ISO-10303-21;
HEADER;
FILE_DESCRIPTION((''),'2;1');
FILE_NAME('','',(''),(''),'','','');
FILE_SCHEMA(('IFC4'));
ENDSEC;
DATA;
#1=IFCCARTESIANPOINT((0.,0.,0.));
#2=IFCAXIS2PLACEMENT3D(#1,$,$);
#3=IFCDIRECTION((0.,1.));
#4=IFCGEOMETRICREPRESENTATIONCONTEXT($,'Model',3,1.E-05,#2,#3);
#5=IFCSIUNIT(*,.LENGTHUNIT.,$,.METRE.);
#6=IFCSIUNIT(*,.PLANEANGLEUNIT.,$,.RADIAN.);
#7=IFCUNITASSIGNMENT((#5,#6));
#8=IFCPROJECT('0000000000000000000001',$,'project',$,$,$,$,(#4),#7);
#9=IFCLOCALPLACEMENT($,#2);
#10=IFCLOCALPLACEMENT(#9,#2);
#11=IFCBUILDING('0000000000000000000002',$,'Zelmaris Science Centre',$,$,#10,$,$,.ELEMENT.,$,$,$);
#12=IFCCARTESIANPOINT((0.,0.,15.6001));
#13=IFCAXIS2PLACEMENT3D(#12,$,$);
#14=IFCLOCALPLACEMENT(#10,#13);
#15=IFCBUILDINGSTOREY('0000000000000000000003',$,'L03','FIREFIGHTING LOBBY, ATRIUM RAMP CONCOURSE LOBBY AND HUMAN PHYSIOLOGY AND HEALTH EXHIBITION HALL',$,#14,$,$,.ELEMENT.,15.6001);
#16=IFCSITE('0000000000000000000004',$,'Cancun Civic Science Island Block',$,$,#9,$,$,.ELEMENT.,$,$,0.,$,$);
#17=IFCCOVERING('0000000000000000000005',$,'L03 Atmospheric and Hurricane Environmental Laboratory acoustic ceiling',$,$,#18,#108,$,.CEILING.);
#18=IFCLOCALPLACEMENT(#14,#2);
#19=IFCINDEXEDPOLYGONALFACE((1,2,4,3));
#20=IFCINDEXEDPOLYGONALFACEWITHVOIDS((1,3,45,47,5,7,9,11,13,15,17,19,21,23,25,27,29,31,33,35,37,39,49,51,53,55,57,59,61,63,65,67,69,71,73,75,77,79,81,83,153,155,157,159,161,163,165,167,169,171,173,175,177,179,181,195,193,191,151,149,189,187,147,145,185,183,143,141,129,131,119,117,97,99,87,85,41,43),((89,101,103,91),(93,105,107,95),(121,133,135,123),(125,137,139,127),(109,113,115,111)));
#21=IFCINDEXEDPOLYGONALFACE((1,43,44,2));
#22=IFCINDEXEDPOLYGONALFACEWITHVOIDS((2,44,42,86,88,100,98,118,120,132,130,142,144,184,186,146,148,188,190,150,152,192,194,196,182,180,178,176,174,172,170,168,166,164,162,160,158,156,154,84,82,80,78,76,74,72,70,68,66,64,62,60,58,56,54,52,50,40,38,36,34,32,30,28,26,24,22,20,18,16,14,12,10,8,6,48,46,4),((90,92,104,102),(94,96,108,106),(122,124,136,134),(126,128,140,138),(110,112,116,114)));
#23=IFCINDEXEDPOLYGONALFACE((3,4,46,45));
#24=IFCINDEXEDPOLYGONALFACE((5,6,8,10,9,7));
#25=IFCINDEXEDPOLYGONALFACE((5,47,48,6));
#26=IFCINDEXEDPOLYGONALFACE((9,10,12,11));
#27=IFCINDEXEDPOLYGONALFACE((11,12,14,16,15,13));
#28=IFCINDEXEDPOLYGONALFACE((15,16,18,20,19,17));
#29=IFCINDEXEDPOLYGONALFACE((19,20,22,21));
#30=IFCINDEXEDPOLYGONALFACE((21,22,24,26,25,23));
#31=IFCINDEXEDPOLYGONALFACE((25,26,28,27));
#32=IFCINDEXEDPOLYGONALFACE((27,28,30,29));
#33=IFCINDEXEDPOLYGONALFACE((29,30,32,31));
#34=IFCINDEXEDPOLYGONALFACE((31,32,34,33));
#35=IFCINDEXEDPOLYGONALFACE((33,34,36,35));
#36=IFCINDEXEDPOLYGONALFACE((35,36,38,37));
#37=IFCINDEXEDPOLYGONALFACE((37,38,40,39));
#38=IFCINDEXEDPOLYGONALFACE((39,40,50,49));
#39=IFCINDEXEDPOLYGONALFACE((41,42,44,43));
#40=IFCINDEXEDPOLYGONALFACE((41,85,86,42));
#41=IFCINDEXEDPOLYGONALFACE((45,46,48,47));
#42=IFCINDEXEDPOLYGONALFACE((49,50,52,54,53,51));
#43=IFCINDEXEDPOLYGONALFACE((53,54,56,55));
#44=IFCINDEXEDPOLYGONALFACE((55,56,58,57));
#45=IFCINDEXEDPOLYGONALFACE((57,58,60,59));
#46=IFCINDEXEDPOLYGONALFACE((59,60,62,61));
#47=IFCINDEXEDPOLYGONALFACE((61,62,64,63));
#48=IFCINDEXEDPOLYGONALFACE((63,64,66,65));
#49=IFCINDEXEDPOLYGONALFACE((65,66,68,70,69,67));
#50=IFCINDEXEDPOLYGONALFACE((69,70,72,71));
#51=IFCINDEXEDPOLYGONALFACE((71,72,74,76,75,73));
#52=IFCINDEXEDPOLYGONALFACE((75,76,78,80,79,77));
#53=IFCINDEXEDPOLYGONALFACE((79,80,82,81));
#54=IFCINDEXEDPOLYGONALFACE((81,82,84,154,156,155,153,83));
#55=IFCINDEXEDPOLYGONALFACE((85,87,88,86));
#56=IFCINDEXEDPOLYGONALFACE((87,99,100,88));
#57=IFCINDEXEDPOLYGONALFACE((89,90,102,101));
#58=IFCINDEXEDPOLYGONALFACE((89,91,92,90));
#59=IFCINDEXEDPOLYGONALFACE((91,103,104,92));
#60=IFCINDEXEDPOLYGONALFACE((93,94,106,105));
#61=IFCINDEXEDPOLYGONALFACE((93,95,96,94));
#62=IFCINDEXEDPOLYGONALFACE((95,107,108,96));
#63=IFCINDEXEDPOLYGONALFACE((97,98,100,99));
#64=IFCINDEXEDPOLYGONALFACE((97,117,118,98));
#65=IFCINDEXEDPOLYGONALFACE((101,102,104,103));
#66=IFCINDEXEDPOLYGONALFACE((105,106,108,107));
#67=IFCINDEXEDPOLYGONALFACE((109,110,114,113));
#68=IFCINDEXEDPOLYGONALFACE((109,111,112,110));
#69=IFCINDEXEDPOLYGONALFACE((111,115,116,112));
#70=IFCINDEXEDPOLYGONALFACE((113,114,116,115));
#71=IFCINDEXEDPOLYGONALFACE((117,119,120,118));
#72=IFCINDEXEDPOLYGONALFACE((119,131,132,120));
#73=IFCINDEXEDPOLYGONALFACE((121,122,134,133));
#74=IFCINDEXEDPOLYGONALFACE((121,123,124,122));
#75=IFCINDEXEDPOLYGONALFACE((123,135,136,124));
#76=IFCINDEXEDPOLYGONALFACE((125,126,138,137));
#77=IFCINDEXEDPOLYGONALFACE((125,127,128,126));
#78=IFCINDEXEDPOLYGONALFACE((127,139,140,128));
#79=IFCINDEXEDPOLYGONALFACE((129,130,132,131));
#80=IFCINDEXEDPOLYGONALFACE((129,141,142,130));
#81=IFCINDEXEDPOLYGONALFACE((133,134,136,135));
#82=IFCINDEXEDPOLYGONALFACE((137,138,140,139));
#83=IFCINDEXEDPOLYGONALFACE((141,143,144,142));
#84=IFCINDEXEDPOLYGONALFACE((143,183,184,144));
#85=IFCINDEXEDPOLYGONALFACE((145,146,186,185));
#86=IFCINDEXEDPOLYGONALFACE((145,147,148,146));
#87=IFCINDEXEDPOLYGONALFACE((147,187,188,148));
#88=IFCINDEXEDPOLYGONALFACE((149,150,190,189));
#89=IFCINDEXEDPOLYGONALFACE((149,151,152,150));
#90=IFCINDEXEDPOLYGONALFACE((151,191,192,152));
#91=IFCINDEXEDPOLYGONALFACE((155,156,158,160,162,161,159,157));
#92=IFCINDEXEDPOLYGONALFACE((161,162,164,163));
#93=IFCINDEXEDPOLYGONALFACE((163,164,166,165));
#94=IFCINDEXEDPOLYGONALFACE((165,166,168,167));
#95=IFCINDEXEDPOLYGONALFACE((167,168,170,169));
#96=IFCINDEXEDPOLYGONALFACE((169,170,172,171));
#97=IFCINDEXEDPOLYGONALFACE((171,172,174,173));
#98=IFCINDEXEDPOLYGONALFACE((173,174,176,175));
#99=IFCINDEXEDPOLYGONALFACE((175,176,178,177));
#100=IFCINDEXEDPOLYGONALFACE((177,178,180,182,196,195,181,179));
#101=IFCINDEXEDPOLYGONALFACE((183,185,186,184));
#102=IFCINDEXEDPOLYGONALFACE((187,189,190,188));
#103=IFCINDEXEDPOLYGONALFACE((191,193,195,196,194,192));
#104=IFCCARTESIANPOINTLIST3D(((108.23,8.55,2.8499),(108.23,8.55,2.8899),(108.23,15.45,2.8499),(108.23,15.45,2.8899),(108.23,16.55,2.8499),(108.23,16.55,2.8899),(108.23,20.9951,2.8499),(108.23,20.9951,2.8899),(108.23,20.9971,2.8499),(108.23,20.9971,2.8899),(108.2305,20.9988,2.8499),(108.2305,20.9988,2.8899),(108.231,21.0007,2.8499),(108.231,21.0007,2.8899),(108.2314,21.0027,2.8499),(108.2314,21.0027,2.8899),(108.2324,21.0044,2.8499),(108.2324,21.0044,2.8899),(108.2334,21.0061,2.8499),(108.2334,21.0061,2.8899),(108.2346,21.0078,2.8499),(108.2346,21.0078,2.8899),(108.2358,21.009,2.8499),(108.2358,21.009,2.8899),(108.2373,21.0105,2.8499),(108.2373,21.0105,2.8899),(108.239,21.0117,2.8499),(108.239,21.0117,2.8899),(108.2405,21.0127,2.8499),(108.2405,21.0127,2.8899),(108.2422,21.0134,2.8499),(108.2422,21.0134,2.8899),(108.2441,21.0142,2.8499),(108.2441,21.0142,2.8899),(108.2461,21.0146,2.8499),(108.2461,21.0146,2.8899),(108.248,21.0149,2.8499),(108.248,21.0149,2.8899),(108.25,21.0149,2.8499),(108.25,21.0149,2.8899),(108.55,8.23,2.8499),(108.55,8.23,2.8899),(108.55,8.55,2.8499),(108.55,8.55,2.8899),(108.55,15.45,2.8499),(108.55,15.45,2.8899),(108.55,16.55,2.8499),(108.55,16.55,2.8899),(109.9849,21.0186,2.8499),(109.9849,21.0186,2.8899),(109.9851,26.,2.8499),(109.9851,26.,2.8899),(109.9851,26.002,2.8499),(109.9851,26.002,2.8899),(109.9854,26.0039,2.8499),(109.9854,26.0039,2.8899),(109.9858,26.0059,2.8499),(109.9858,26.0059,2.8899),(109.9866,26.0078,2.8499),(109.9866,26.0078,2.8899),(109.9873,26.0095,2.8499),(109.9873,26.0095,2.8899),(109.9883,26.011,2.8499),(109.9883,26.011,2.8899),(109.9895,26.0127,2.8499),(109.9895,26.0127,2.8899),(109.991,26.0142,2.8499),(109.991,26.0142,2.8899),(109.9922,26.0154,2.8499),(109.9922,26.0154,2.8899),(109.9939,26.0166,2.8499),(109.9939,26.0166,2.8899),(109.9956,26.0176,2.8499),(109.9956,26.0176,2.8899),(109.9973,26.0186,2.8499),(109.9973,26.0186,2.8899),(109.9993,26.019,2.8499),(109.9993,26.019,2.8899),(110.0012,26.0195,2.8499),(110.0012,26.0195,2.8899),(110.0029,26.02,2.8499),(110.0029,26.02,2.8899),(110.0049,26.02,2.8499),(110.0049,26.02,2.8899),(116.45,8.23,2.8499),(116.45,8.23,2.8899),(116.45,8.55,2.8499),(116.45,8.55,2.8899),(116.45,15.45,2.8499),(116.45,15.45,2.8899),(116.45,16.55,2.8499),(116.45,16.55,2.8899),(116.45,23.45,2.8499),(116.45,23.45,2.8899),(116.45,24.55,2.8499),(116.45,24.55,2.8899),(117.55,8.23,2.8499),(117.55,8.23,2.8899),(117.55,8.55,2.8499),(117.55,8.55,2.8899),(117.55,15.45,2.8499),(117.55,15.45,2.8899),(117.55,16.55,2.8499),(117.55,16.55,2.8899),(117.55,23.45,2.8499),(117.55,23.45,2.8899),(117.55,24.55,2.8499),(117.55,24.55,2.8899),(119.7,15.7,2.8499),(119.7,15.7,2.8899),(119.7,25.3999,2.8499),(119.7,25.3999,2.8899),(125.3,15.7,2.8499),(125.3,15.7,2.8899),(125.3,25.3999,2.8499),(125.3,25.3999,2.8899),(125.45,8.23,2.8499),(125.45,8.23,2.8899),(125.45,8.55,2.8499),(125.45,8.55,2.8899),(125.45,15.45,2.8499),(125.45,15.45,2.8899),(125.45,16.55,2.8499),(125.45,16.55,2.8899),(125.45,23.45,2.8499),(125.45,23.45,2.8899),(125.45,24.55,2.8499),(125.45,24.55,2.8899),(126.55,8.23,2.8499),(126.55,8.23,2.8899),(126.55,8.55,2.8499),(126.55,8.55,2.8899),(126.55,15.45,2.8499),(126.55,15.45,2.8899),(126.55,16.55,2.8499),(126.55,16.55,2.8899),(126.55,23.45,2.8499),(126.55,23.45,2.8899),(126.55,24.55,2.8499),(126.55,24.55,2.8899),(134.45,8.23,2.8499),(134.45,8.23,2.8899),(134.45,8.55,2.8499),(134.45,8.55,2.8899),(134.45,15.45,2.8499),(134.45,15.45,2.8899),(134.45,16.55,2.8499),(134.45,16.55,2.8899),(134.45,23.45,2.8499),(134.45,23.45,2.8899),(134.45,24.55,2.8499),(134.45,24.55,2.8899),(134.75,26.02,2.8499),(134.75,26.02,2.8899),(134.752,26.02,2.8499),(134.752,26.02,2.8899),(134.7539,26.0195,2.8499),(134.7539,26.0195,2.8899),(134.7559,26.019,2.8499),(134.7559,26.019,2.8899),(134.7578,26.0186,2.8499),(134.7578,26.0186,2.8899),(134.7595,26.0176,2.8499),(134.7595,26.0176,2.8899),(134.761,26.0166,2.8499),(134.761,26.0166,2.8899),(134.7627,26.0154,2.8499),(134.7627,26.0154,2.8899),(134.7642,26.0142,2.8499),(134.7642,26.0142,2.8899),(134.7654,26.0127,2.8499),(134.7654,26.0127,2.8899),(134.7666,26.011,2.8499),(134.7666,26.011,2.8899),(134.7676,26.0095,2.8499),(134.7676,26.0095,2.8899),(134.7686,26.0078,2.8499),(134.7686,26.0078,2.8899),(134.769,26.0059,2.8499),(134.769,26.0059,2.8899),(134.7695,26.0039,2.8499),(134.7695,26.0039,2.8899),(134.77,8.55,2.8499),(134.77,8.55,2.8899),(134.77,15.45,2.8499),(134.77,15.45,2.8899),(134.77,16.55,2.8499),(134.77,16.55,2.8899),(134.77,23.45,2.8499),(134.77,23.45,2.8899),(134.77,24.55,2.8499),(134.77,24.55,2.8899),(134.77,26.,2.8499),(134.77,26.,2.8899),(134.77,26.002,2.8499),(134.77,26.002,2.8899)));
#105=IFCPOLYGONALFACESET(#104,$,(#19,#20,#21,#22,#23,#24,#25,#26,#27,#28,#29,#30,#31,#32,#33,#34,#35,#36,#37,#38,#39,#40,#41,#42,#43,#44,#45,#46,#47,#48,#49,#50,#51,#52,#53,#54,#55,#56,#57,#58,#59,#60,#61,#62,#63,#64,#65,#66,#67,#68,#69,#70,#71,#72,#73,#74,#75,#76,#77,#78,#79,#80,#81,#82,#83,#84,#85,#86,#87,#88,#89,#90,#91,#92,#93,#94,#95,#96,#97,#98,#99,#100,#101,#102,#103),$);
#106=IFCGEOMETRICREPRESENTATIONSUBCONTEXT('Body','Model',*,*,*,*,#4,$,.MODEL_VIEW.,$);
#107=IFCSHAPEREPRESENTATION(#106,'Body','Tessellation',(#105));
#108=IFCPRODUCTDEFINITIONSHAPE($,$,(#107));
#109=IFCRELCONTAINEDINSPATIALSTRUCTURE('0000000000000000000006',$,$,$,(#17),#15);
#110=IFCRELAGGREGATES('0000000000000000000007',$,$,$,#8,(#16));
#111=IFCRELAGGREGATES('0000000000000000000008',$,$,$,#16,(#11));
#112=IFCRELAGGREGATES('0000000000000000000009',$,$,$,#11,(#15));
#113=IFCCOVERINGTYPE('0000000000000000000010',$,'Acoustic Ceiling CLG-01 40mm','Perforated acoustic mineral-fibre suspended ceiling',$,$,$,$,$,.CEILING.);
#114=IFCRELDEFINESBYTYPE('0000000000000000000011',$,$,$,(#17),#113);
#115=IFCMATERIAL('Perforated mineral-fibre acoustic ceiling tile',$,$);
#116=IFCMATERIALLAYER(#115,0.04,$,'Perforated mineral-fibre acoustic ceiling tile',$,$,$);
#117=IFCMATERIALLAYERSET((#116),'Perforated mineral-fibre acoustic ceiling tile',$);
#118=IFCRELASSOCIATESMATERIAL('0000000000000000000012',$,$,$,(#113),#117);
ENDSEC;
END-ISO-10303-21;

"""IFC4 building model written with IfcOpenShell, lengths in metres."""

from ifc_helpers import new_model, si_unit, direction, frame, origin, place, context, subcontext, project, spatial, polyline, outline, extrude, material, layer, layer_set, type_object, element, save


model = new_model("IFC4")

# Units and contexts
model_context = context("Model", 3, precision=1e-05, world=origin(), true_north=direction((0.0, 1.0)))
body_context = subcontext(model_context, "Body", "Model", "MODEL_VIEW")
ifc_project = project(units=[si_unit("LENGTHUNIT", "METRE"), si_unit("PLANEANGLEUNIT", "RADIAN")], contexts=[model_context])

# Site, building, storey
site_placement = place(None, origin())
site = spatial("IfcSite", under=ifc_project, at=site_placement, Name="Cancun Civic Science Island Block", CompositionType="ELEMENT", RefElevation=0.0)
building_placement = place(site_placement, origin())
building = spatial("IfcBuilding", under=site, at=building_placement, Name="Zelmaris Science Centre", CompositionType="ELEMENT")
storey_placement = place(building_placement, frame((0.0, 0.0, 15.6001)))
storey = spatial("IfcBuildingStorey", under=building, at=storey_placement, Name="L03", Description="FIREFIGHTING LOBBY, ATRIUM RAMP CONCOURSE LOBBY AND HUMAN PHYSIOLOGY AND HEALTH EXHIBITION HALL", CompositionType="ELEMENT", Elevation=15.6001)

# Covering
ifc_material_1 = material(Name="Perforated mineral-fibre acoustic ceiling tile")
ifc_layer_1 = layer(ifc_material_1, 0.04, Name="Perforated mineral-fibre acoustic ceiling tile")
ifc_layer_set_1 = layer_set([ifc_layer_1], Name="Perforated mineral-fibre acoustic ceiling tile")
covering_type_1 = type_object("IfcCoveringType", Name="Acoustic Ceiling CLG-01 40mm", Description="Perforated acoustic mineral-fibre suspended ceiling", PredefinedType="CEILING", material=ifc_layer_set_1)
covering_1_placement = place(storey_placement, frame((0.0, 0.0, 2.8499)))
element("IfcCovering", 1, at=covering_1_placement, inside=storey, type_object=covering_type_1, Name="L03 Atmospheric and Hurricane Environmental Laboratory acoustic ceiling", PredefinedType="CEILING", context=body_context, shape_type="SweptSolid", body=[
    extrude(outline(polyline([(134.752, 26.02), (134.7539, 26.0195), (134.7559, 26.019), (134.7578, 26.0186), (134.7595, 26.0176), (134.761, 26.0166), (134.7627, 26.0154), (134.7642, 26.0142), (134.7654, 26.0127), (134.7666, 26.011), (134.7676, 26.0095), (134.7686, 26.0078), (134.769, 26.0059), (134.7695, 26.0039), (134.77, 26.002), (134.77, 26.0), (134.77, 24.55), (134.45, 24.55), (134.45, 23.45), (134.77, 23.45), (134.77, 16.55), (134.45, 16.55), (134.45, 15.45), (134.77, 15.45), (134.77, 8.55), (134.45, 8.55), (134.45, 8.23), (126.55, 8.23), (126.55, 8.55), (125.45, 8.55), (125.45, 8.23), (117.55, 8.23), (117.55, 8.55), (116.45, 8.55), (116.45, 8.23), (108.55, 8.23), (108.55, 8.55), (108.23, 8.55), (108.23, 15.45), (108.55, 15.45), (108.55, 16.55), (108.23, 16.55), (108.23, 20.9951), (108.23, 20.9971), (108.2305, 20.9988), (108.231, 21.0007), (108.2314, 21.0027), (108.2324, 21.0044), (108.2334, 21.0061), (108.2346, 21.0078), (108.2358, 21.009), (108.2373, 21.0105), (108.239, 21.0117), (108.2405, 21.0127), (108.2422, 21.0134), (108.2441, 21.0142), (108.2461, 21.0146), (108.248, 21.0149), (108.25, 21.0149), (109.9849, 21.0186), (109.9851, 26.0), (109.9851, 26.002), (109.9854, 26.0039), (109.9858, 26.0059), (109.9866, 26.0078), (109.9873, 26.0095), (109.9883, 26.011), (109.9895, 26.0127), (109.991, 26.0142), (109.9922, 26.0154), (109.9939, 26.0166), (109.9956, 26.0176), (109.9973, 26.0186), (109.9993, 26.019), (110.0012, 26.0195), (110.0029, 26.02), (110.0049, 26.02), (134.75, 26.02), (134.752, 26.02)]), holes=[polyline([(125.3, 15.7), (125.3, 25.3999), (119.7, 25.3999), (119.7, 15.7), (125.3, 15.7)]), polyline([(116.45, 16.55), (116.45, 15.45), (117.55, 15.45), (117.55, 16.55), (116.45, 16.55)]), polyline([(116.45, 23.45), (117.55, 23.45), (117.55, 24.55), (116.45, 24.55), (116.45, 23.45)]), polyline([(126.55, 16.55), (125.45, 16.55), (125.45, 15.45), (126.55, 15.45), (126.55, 16.55)]), polyline([(125.45, 24.55), (125.45, 23.45), (126.55, 23.45), (126.55, 24.55), (125.45, 24.55)])]), origin(), (0.0, 0.0, 1.0), 0.04),
])

save(model, "model.ifc")
